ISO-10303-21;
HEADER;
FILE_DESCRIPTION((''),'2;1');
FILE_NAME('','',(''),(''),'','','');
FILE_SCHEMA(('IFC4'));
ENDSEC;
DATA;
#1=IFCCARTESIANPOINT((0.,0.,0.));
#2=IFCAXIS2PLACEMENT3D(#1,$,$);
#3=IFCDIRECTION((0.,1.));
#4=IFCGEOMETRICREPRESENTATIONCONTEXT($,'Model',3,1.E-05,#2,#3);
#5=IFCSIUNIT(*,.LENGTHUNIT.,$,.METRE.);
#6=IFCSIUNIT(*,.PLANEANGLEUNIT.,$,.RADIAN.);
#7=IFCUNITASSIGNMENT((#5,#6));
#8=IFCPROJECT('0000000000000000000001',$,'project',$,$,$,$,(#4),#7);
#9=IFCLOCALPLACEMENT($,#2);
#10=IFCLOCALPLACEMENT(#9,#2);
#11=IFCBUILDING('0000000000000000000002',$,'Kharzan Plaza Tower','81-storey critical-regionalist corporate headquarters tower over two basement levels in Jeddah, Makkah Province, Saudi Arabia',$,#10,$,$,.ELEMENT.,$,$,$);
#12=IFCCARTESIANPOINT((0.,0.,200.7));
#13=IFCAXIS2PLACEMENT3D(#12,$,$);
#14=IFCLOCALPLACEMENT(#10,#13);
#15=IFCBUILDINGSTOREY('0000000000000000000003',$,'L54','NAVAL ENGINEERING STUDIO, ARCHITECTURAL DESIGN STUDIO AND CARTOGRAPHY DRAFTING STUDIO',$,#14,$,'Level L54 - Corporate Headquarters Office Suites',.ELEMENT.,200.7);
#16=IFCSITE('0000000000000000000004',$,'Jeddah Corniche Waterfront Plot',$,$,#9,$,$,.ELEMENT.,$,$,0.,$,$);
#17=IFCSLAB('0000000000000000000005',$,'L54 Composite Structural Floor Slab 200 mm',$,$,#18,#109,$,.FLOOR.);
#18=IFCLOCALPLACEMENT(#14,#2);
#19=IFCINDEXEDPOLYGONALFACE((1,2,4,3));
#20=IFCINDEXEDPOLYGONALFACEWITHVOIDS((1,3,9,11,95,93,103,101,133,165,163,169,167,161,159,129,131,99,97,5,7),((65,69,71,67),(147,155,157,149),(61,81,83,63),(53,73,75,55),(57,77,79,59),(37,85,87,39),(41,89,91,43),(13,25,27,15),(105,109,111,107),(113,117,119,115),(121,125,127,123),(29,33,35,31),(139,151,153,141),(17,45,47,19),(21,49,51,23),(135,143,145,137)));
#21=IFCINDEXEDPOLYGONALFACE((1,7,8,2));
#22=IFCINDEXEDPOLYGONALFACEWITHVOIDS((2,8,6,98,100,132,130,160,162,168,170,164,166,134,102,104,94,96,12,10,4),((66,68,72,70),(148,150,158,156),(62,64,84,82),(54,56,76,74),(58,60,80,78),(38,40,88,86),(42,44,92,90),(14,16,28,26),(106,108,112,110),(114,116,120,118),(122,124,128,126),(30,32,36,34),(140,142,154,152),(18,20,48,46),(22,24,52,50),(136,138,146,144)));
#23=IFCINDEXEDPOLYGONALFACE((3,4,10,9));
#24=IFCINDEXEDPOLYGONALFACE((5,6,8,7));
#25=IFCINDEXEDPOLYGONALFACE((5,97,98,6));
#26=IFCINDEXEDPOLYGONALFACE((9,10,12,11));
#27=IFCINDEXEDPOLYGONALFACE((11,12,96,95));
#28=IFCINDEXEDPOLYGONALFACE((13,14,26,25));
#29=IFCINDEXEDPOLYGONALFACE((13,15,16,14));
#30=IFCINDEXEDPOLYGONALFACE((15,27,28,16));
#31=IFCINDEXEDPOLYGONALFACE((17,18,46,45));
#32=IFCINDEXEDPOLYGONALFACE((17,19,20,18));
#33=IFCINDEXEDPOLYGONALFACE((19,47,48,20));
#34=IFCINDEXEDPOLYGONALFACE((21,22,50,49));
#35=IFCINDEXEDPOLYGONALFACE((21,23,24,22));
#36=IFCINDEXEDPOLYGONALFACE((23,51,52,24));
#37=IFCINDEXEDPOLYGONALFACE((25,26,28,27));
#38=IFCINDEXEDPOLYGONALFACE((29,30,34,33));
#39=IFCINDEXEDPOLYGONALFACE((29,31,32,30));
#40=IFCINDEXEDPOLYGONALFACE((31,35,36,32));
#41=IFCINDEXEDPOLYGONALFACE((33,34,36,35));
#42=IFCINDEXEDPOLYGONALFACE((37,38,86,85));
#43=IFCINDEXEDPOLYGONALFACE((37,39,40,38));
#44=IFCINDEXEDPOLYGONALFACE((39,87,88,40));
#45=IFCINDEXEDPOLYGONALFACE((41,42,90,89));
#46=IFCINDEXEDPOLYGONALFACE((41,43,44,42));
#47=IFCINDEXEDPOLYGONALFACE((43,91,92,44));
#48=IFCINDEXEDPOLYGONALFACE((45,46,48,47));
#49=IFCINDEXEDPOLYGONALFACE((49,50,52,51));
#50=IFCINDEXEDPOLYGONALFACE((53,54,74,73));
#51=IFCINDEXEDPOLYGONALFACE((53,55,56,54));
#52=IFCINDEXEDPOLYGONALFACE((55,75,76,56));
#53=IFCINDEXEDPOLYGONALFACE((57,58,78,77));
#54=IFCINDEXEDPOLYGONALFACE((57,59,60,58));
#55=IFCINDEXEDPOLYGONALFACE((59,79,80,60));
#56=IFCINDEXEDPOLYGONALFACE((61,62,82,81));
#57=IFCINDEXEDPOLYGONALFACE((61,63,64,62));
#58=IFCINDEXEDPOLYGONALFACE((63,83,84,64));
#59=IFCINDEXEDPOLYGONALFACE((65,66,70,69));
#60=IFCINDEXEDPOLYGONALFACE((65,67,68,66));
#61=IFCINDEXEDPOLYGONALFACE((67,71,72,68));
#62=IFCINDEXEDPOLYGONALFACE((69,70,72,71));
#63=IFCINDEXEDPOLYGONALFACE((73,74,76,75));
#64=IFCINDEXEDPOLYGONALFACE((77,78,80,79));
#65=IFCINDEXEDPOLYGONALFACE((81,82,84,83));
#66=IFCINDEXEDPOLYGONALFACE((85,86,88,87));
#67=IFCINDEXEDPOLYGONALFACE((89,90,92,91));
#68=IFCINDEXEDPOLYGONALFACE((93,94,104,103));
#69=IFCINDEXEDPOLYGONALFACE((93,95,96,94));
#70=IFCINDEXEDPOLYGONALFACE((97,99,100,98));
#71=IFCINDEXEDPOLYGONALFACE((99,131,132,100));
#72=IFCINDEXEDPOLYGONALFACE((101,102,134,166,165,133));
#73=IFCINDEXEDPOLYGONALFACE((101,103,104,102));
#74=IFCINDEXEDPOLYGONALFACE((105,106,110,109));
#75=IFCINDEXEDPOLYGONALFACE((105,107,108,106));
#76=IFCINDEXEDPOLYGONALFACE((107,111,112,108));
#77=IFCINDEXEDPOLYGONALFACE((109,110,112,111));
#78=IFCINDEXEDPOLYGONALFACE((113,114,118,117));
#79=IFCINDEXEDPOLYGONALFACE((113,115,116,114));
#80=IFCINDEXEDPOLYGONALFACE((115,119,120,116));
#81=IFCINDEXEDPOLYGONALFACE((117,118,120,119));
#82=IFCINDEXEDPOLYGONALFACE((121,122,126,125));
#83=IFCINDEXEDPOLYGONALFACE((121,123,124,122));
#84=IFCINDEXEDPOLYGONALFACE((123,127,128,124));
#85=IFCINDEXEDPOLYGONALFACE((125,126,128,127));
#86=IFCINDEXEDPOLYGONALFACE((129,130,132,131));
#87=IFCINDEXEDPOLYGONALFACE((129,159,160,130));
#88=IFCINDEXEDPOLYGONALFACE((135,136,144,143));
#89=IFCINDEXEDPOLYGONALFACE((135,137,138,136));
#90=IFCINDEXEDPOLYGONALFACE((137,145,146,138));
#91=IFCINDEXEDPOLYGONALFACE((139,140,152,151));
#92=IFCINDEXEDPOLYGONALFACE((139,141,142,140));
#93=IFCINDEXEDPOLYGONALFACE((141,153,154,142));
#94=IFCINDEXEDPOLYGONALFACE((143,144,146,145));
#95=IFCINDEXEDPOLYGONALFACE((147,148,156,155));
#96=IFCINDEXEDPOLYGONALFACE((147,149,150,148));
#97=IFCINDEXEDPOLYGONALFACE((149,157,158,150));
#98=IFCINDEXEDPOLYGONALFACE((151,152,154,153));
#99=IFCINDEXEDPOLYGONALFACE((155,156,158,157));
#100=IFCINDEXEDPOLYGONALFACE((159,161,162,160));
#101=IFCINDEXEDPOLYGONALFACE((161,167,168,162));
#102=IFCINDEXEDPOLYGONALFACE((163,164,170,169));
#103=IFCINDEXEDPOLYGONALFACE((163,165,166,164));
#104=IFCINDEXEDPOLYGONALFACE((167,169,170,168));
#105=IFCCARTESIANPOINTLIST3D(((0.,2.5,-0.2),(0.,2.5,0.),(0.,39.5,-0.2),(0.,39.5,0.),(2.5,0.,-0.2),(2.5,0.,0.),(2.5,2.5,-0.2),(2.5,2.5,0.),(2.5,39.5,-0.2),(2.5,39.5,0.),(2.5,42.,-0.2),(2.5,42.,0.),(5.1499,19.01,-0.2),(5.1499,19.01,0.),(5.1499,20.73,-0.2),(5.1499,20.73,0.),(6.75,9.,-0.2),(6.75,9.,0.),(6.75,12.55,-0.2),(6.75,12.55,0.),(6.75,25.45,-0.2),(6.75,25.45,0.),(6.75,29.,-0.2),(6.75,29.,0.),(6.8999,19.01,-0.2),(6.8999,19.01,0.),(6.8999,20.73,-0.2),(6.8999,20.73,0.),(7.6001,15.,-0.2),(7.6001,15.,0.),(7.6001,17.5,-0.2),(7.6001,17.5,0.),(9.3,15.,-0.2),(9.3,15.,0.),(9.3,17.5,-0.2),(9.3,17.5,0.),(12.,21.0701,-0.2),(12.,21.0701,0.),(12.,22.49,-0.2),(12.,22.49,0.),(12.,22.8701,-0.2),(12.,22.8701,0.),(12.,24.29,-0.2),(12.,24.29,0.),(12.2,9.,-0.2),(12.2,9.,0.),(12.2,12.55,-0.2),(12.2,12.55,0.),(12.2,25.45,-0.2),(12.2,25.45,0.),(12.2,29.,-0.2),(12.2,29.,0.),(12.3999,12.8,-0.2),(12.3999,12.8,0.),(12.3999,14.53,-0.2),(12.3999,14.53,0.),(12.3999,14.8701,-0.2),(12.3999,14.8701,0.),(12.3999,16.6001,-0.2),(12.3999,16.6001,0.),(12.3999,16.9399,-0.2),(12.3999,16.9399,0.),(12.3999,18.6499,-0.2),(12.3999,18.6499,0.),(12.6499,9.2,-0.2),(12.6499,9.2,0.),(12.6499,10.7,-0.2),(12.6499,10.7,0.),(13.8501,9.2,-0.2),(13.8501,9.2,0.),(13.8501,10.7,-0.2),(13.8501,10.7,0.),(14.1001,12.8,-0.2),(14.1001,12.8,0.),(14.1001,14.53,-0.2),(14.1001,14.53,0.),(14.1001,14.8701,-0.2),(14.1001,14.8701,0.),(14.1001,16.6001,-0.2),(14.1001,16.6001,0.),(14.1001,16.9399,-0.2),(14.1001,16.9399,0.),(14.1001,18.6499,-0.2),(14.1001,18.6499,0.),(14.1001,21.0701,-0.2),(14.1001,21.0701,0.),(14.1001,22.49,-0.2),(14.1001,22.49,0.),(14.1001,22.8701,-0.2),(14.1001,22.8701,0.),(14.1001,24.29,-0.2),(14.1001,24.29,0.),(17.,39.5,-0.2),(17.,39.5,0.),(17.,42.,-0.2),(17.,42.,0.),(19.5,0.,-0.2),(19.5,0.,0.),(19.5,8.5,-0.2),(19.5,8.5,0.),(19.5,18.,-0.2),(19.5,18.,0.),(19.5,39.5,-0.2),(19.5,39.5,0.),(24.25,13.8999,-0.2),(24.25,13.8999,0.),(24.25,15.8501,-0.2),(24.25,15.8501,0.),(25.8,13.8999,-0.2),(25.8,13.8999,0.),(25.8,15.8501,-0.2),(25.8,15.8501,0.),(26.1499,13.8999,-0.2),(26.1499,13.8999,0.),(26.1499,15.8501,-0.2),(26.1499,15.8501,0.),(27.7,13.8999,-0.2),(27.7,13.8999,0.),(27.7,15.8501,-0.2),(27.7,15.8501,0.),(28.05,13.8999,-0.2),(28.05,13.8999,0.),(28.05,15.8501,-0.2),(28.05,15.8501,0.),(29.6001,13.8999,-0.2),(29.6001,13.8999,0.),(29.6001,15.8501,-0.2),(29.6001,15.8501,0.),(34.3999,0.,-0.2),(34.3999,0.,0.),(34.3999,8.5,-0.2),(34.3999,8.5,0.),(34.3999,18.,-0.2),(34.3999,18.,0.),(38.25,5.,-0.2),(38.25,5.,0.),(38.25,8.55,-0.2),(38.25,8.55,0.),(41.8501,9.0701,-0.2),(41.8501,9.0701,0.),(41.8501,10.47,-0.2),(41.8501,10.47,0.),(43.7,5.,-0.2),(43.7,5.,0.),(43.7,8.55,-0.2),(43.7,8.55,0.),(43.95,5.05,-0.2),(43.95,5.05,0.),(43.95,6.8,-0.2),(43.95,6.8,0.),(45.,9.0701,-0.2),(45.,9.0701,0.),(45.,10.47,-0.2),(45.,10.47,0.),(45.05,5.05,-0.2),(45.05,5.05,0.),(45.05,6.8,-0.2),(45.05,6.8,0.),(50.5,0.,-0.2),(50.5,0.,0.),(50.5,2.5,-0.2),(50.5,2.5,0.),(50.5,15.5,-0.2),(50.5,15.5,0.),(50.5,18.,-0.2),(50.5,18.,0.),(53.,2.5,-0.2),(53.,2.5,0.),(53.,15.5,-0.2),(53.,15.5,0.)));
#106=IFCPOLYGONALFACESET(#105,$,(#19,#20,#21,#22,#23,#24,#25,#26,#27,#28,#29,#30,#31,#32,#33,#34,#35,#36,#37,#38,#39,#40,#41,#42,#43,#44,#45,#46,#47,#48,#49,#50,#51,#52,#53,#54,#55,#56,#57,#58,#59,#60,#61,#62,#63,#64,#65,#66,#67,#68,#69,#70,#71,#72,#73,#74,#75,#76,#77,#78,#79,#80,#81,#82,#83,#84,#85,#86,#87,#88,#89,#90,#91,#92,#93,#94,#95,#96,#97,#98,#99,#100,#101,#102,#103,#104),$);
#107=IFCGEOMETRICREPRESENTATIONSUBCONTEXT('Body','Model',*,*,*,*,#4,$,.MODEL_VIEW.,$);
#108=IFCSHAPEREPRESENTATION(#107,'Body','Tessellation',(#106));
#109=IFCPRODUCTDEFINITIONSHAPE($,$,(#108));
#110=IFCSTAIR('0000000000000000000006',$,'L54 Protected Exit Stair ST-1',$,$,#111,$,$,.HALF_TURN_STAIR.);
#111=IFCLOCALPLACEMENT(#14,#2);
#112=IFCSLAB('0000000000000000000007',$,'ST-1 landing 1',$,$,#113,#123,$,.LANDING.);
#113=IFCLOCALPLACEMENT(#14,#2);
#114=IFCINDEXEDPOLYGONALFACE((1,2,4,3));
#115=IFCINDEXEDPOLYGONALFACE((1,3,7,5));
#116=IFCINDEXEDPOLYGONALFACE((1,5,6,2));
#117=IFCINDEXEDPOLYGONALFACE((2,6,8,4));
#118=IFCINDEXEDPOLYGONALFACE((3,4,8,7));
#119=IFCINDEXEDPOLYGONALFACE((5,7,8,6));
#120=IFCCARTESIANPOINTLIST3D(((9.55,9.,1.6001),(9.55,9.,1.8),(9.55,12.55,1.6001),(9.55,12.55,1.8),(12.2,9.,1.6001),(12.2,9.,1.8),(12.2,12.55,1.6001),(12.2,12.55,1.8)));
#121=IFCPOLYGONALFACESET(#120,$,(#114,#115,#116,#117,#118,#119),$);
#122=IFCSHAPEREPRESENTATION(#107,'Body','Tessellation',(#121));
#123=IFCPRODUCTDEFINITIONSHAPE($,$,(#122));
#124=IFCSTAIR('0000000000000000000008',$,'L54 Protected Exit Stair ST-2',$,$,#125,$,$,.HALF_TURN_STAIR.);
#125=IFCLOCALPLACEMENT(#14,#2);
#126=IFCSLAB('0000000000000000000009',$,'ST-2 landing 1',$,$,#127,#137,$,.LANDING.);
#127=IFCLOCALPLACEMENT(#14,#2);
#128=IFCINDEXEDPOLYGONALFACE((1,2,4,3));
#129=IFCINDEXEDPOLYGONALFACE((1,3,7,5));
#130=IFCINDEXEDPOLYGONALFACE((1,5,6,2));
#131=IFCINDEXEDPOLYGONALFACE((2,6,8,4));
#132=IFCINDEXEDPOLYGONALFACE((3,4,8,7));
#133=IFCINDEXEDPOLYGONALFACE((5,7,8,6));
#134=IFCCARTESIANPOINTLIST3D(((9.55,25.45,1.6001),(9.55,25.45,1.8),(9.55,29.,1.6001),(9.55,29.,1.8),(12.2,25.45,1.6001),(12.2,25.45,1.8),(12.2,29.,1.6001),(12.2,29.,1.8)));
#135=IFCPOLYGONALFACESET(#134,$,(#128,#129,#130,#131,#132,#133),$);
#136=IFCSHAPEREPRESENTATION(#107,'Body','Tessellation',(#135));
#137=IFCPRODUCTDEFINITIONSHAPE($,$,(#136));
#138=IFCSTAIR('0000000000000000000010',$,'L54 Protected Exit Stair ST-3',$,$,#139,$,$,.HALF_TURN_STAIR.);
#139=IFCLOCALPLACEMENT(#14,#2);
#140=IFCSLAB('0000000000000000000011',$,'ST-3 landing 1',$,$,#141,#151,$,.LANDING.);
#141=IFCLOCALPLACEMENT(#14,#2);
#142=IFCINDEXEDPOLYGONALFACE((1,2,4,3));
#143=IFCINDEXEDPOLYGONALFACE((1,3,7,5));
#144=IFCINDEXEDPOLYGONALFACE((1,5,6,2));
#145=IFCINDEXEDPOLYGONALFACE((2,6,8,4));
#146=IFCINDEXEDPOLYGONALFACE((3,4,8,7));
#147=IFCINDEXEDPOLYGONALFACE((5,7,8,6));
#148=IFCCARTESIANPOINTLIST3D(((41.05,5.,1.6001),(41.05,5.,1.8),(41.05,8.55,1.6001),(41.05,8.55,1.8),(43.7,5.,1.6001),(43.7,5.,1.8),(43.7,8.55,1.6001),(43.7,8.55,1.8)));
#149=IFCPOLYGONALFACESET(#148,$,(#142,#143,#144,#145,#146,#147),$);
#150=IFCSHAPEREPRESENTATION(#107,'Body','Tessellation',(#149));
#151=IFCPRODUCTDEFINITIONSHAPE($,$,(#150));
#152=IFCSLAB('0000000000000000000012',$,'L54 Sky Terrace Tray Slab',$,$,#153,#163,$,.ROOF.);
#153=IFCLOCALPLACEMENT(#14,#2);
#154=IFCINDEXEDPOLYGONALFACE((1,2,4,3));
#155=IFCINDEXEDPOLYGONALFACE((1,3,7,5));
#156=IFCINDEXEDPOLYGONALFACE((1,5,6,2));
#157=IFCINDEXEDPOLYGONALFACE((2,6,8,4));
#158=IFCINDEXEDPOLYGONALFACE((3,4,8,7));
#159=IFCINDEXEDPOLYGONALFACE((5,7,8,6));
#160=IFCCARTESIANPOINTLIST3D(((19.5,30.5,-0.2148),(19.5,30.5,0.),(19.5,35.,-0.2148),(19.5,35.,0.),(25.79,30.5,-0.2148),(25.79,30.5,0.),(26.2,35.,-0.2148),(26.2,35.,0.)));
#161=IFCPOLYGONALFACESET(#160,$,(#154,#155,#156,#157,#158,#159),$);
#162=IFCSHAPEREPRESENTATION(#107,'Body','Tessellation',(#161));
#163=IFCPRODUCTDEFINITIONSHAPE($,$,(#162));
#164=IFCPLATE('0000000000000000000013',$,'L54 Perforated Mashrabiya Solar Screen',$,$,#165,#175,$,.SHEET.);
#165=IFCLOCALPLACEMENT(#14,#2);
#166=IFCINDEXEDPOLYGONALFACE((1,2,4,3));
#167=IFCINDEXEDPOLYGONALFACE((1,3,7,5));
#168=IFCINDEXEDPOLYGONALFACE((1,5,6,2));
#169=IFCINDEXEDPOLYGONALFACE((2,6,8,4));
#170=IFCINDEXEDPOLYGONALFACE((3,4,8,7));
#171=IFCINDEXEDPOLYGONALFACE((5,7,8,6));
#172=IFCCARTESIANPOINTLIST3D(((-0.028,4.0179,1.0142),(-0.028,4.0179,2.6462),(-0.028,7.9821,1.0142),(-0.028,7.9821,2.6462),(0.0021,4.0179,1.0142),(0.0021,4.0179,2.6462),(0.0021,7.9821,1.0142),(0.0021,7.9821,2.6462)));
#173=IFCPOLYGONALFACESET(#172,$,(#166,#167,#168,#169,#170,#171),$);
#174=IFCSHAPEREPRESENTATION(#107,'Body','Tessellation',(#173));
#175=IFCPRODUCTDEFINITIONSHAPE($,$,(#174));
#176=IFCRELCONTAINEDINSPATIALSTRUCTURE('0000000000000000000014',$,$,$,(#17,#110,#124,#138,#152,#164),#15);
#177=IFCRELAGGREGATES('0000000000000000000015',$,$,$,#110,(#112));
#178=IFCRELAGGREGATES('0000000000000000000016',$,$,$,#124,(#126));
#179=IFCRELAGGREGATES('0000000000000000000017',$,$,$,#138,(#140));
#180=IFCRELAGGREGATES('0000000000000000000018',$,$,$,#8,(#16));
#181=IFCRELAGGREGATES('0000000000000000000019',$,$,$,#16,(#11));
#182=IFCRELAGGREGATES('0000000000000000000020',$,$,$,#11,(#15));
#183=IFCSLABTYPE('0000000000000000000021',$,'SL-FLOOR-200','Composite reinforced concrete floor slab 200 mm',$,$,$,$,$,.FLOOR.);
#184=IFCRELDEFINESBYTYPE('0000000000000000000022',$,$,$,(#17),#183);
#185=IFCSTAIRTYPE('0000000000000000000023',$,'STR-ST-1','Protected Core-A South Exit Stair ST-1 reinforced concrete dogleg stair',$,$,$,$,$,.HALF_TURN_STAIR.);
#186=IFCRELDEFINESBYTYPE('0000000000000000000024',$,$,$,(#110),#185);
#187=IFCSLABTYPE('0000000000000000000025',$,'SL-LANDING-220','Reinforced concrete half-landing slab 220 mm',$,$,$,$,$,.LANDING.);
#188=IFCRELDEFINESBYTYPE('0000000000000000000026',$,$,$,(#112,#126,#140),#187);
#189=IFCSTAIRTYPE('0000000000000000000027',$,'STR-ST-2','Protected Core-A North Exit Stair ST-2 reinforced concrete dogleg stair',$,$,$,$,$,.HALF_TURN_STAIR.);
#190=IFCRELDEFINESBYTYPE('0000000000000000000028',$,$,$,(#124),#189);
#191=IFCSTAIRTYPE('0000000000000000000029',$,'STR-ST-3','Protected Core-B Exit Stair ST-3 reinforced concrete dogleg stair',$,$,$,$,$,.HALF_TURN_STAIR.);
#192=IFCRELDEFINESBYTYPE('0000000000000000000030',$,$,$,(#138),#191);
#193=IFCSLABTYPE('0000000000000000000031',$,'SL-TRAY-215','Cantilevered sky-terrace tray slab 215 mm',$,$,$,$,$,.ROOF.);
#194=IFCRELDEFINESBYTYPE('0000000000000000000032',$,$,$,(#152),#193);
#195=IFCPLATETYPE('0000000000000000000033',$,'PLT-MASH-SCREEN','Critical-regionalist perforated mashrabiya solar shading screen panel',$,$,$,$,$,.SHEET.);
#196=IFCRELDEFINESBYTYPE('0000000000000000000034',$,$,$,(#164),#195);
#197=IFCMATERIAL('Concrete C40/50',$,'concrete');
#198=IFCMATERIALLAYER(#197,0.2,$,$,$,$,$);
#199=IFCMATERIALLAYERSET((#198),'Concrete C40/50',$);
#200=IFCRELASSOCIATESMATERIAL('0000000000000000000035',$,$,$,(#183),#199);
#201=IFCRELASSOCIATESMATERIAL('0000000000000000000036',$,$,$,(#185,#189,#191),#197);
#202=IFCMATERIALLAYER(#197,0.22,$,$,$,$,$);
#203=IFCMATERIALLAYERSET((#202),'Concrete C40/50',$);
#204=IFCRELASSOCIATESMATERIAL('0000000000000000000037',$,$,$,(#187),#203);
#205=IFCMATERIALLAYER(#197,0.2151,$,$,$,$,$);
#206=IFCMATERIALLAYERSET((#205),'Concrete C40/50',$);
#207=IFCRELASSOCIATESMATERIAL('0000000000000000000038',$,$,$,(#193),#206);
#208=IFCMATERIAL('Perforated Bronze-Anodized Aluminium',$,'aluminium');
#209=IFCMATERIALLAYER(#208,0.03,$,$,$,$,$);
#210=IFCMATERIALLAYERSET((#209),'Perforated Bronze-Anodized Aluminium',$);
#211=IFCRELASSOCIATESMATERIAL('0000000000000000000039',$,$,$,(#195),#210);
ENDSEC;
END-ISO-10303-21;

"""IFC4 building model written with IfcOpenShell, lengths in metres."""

from ifc_helpers import new_model, si_unit, direction, frame, origin, origin_2d, place, context, subcontext, project, spatial, polyline, rectangle, outline, extrude, source, transform, mapped, material, layer, layer_set, type_object, element, aggregate, save


model = new_model("IFC4")

# Units and contexts
model_context = context("Model", 3, precision=1e-05, world=origin(), true_north=direction((0.0, 1.0)))
body_context = subcontext(model_context, "Body", "Model", "MODEL_VIEW")
ifc_project = project(units=[si_unit("LENGTHUNIT", "METRE"), si_unit("PLANEANGLEUNIT", "RADIAN")], contexts=[model_context])

# Site, building, storey
site_placement = place(None, origin())
site = spatial("IfcSite", under=ifc_project, at=site_placement, Name="Jeddah Corniche Waterfront Plot", CompositionType="ELEMENT", RefElevation=0.0)
building_placement = place(site_placement, origin())
building = spatial("IfcBuilding", under=site, at=building_placement, Name="Kharzan Plaza Tower", Description="81-storey critical-regionalist corporate headquarters tower over two basement levels in Jeddah, Makkah Province, Saudi Arabia", CompositionType="ELEMENT")
storey_placement = place(building_placement, frame((0.0, 0.0, 200.7)))
storey = spatial("IfcBuildingStorey", under=building, at=storey_placement, Name="L54", Description="NAVAL ENGINEERING STUDIO, ARCHITECTURAL DESIGN STUDIO AND CARTOGRAPHY DRAFTING STUDIO", LongName="Level L54 - Corporate Headquarters Office Suites", CompositionType="ELEMENT", Elevation=200.7)

# Slab
ifc_material_1 = material(Name="Concrete C40/50", Category="concrete")
ifc_layer_1 = layer(ifc_material_1, 0.2)
ifc_layer_set_1 = layer_set([ifc_layer_1], Name="Concrete C40/50")
slab_type_1 = type_object("IfcSlabType", Name="SL-FLOOR-200", Description="Composite reinforced concrete floor slab 200 mm", PredefinedType="FLOOR", material=ifc_layer_set_1)
slab_1_placement = place(storey_placement, frame((0.0, 0.0, -0.2)))
element("IfcSlab", 1, at=slab_1_placement, inside=storey, type_object=slab_type_1, Name="L54 Composite Structural Floor Slab 200 mm", PredefinedType="FLOOR", context=body_context, shape_type="SweptSolid", body=[
    extrude(outline(polyline([(34.3999, 18.0), (19.5, 18.0), (19.5, 39.5), (17.0, 39.5), (17.0, 42.0), (2.5, 42.0), (2.5, 39.5), (0.0, 39.5), (0.0, 2.5), (2.5, 2.5), (2.5, 0.0), (19.5, 0.0), (19.5, 8.5), (34.3999, 8.5), (34.3999, 0.0), (50.5, 0.0), (50.5, 2.5), (53.0, 2.5), (53.0, 15.5), (50.5, 15.5), (50.5, 18.0), (34.3999, 18.0)]), holes=[polyline([(12.2, 9.0), (12.2, 12.55), (6.75, 12.55), (6.75, 9.0), (12.2, 9.0)]), polyline([(14.1001, 12.8), (14.1001, 14.53), (12.3999, 14.53), (12.3999, 12.8), (14.1001, 12.8)]), polyline([(14.1001, 14.8701), (14.1001, 16.6001), (12.3999, 16.6001), (12.3999, 14.8701), (14.1001, 14.8701)]), polyline([(9.3, 15.0), (9.3, 17.5), (7.6001, 17.5), (7.6001, 15.0), (9.3, 15.0)]), polyline([(6.8999, 19.01), (6.8999, 20.73), (5.1499, 20.73), (5.1499, 19.01), (6.8999, 19.01)]), polyline([(14.1001, 21.0701), (14.1001, 22.49), (12.0, 22.49), (12.0, 21.0701), (14.1001, 21.0701)]), polyline([(14.1001, 22.8701), (14.1001, 24.29), (12.0, 24.29), (12.0, 22.8701), (14.1001, 22.8701)]), polyline([(12.2, 25.45), (12.2, 29.0), (6.75, 29.0), (6.75, 25.45), (12.2, 25.45)]), polyline([(45.05, 5.05), (45.05, 6.8), (43.95, 6.8), (43.95, 5.05), (45.05, 5.05)]), polyline([(43.7, 5.0), (43.7, 8.55), (38.25, 8.55), (38.25, 5.0), (43.7, 5.0)]), polyline([(45.0, 9.0701), (45.0, 10.47), (41.8501, 10.47), (41.8501, 9.0701), (45.0, 9.0701)]), polyline([(13.8501, 9.2), (13.8501, 10.7), (12.6499, 10.7), (12.6499, 9.2), (13.8501, 9.2)]), polyline([(25.8, 13.8999), (25.8, 15.8501), (24.25, 15.8501), (24.25, 13.8999), (25.8, 13.8999)]), polyline([(27.7, 13.8999), (27.7, 15.8501), (26.1499, 15.8501), (26.1499, 13.8999), (27.7, 13.8999)]), polyline([(29.6001, 13.8999), (29.6001, 15.8501), (28.05, 15.8501), (28.05, 13.8999), (29.6001, 13.8999)]), polyline([(14.1001, 16.9399), (14.1001, 18.6499), (12.3999, 18.6499), (12.3999, 16.9399), (14.1001, 16.9399)])]), origin(), (0.0, 0.0, 1.0), 0.2),
])

# Stairs, slabs
stair_type_1 = type_object("IfcStairType", Name="STR-ST-1", Description="Protected Core-A South Exit Stair ST-1 reinforced concrete dogleg stair", PredefinedType="HALF_TURN_STAIR", material=ifc_material_1)
stair_1_placement = place(storey_placement, origin())
stair_1 = element("IfcStair", 2, at=stair_1_placement, inside=storey, type_object=stair_type_1, Name="L54 Protected Exit Stair ST-1", PredefinedType="HALF_TURN_STAIR")
ifc_layer_2 = layer(ifc_material_1, 0.22)
ifc_layer_set_2 = layer_set([ifc_layer_2], Name="Concrete C40/50")
slab_type_2 = type_object("IfcSlabType", Name="SL-LANDING-220", Description="Reinforced concrete half-landing slab 220 mm", PredefinedType="LANDING", material=ifc_layer_set_2)
slab_2_placement = place(storey_placement, frame((0.0, 0.0, 1.6001)))
slab_2 = element("IfcSlab", 3, at=slab_2_placement, type_object=slab_type_2, Name="ST-1 landing 1", PredefinedType="LANDING", context=body_context, shape_type="SweptSolid", body=[
    extrude(outline(polyline([(9.55, 9.0), (12.2, 9.0), (12.2, 12.55), (9.55, 12.55), (9.55, 9.0)])), origin(), (0.0, 0.0, 1.0), 0.2),
])
aggregate(stair_1, [slab_2])
stair_type_2 = type_object("IfcStairType", Name="STR-ST-2", Description="Protected Core-A North Exit Stair ST-2 reinforced concrete dogleg stair", PredefinedType="HALF_TURN_STAIR", material=ifc_material_1)
stair_2_placement = place(storey_placement, origin())
stair_2 = element("IfcStair", 4, at=stair_2_placement, inside=storey, type_object=stair_type_2, Name="L54 Protected Exit Stair ST-2", PredefinedType="HALF_TURN_STAIR")
slab_3_placement = place(storey_placement, frame((0.0, 0.0, 1.6001)))
slab_3 = element("IfcSlab", 5, at=slab_3_placement, type_object=slab_type_2, Name="ST-2 landing 1", PredefinedType="LANDING", context=body_context, shape_type="SweptSolid", body=[
    extrude(outline(polyline([(9.55, 25.45), (12.2, 25.45), (12.2, 29.0), (9.55, 29.0), (9.55, 25.45)])), origin(), (0.0, 0.0, 1.0), 0.2),
])
aggregate(stair_2, [slab_3])
stair_type_3 = type_object("IfcStairType", Name="STR-ST-3", Description="Protected Core-B Exit Stair ST-3 reinforced concrete dogleg stair", PredefinedType="HALF_TURN_STAIR", material=ifc_material_1)
stair_3_placement = place(storey_placement, origin())
stair_3 = element("IfcStair", 6, at=stair_3_placement, inside=storey, type_object=stair_type_3, Name="L54 Protected Exit Stair ST-3", PredefinedType="HALF_TURN_STAIR")
slab_4_placement = place(storey_placement, frame((0.0, 0.0, 1.6001)))
slab_4 = element("IfcSlab", 7, at=slab_4_placement, type_object=slab_type_2, Name="ST-3 landing 1", PredefinedType="LANDING", context=body_context, shape_type="SweptSolid", body=[
    extrude(outline(polyline([(41.05, 5.0), (43.7, 5.0), (43.7, 8.55), (41.05, 8.55), (41.05, 5.0)])), origin(), (0.0, 0.0, 1.0), 0.2),
])
aggregate(stair_3, [slab_4])

# Slab
ifc_layer_3 = layer(ifc_material_1, 0.2151)
ifc_layer_set_3 = layer_set([ifc_layer_3], Name="Concrete C40/50")
slab_type_3 = type_object("IfcSlabType", Name="SL-TRAY-215", Description="Cantilevered sky-terrace tray slab 215 mm", PredefinedType="ROOF", material=ifc_layer_set_3)
slab_5_placement = place(storey_placement, frame((0.0, 0.0, -0.2148)))
element("IfcSlab", 8, at=slab_5_placement, inside=storey, type_object=slab_type_3, Name="L54 Sky Terrace Tray Slab", PredefinedType="ROOF", context=body_context, shape_type="SweptSolid", body=[
    extrude(outline(polyline([(19.5, 30.5), (25.79, 30.5), (26.2, 35.0), (19.5, 35.0), (19.5, 30.5)])), origin(), (0.0, 0.0, 1.0), 0.2148),
])

# Plate
ifc_material_2 = material(Name="Perforated Bronze-Anodized Aluminium", Category="aluminium")
ifc_layer_4 = layer(ifc_material_2, 0.03)
ifc_layer_set_4 = layer_set([ifc_layer_4], Name="Perforated Bronze-Anodized Aluminium")
plate_type = type_object("IfcPlateType", Name="PLT-MASH-SCREEN", Description="Critical-regionalist perforated mashrabiya solar shading screen panel", PredefinedType="SHEET", material=ifc_layer_set_4)
shared_shape_1 = source(origin(), body_context, "Body", "SweptSolid", [
    extrude(rectangle(XDim=3.9641, YDim=0.03, at=origin_2d()), origin(), (0.0, 0.0, 1.0), 1.6321),
])
plate_placement = place(storey_placement, frame((-0.0129, 6.0, 1.0142), z_axis=(0.0, 0.0, 1.0), x_axis=(0.0, -1.0, 0.0)))
element("IfcPlate", 9, at=plate_placement, inside=storey, type_object=plate_type, Name="L54 Perforated Mashrabiya Solar Screen", PredefinedType="SHEET", context=body_context, shape_type="MappedRepresentation", body=[
    mapped(shared_shape_1, transform((0.0, 0.0, 0.0), x_axis=(1.0, 0.0, 0.0), y_axis=(0.0, 1.0, 0.0), z_axis=(0.0, 0.0, 1.0))),
])

save(model, "model.ifc")
